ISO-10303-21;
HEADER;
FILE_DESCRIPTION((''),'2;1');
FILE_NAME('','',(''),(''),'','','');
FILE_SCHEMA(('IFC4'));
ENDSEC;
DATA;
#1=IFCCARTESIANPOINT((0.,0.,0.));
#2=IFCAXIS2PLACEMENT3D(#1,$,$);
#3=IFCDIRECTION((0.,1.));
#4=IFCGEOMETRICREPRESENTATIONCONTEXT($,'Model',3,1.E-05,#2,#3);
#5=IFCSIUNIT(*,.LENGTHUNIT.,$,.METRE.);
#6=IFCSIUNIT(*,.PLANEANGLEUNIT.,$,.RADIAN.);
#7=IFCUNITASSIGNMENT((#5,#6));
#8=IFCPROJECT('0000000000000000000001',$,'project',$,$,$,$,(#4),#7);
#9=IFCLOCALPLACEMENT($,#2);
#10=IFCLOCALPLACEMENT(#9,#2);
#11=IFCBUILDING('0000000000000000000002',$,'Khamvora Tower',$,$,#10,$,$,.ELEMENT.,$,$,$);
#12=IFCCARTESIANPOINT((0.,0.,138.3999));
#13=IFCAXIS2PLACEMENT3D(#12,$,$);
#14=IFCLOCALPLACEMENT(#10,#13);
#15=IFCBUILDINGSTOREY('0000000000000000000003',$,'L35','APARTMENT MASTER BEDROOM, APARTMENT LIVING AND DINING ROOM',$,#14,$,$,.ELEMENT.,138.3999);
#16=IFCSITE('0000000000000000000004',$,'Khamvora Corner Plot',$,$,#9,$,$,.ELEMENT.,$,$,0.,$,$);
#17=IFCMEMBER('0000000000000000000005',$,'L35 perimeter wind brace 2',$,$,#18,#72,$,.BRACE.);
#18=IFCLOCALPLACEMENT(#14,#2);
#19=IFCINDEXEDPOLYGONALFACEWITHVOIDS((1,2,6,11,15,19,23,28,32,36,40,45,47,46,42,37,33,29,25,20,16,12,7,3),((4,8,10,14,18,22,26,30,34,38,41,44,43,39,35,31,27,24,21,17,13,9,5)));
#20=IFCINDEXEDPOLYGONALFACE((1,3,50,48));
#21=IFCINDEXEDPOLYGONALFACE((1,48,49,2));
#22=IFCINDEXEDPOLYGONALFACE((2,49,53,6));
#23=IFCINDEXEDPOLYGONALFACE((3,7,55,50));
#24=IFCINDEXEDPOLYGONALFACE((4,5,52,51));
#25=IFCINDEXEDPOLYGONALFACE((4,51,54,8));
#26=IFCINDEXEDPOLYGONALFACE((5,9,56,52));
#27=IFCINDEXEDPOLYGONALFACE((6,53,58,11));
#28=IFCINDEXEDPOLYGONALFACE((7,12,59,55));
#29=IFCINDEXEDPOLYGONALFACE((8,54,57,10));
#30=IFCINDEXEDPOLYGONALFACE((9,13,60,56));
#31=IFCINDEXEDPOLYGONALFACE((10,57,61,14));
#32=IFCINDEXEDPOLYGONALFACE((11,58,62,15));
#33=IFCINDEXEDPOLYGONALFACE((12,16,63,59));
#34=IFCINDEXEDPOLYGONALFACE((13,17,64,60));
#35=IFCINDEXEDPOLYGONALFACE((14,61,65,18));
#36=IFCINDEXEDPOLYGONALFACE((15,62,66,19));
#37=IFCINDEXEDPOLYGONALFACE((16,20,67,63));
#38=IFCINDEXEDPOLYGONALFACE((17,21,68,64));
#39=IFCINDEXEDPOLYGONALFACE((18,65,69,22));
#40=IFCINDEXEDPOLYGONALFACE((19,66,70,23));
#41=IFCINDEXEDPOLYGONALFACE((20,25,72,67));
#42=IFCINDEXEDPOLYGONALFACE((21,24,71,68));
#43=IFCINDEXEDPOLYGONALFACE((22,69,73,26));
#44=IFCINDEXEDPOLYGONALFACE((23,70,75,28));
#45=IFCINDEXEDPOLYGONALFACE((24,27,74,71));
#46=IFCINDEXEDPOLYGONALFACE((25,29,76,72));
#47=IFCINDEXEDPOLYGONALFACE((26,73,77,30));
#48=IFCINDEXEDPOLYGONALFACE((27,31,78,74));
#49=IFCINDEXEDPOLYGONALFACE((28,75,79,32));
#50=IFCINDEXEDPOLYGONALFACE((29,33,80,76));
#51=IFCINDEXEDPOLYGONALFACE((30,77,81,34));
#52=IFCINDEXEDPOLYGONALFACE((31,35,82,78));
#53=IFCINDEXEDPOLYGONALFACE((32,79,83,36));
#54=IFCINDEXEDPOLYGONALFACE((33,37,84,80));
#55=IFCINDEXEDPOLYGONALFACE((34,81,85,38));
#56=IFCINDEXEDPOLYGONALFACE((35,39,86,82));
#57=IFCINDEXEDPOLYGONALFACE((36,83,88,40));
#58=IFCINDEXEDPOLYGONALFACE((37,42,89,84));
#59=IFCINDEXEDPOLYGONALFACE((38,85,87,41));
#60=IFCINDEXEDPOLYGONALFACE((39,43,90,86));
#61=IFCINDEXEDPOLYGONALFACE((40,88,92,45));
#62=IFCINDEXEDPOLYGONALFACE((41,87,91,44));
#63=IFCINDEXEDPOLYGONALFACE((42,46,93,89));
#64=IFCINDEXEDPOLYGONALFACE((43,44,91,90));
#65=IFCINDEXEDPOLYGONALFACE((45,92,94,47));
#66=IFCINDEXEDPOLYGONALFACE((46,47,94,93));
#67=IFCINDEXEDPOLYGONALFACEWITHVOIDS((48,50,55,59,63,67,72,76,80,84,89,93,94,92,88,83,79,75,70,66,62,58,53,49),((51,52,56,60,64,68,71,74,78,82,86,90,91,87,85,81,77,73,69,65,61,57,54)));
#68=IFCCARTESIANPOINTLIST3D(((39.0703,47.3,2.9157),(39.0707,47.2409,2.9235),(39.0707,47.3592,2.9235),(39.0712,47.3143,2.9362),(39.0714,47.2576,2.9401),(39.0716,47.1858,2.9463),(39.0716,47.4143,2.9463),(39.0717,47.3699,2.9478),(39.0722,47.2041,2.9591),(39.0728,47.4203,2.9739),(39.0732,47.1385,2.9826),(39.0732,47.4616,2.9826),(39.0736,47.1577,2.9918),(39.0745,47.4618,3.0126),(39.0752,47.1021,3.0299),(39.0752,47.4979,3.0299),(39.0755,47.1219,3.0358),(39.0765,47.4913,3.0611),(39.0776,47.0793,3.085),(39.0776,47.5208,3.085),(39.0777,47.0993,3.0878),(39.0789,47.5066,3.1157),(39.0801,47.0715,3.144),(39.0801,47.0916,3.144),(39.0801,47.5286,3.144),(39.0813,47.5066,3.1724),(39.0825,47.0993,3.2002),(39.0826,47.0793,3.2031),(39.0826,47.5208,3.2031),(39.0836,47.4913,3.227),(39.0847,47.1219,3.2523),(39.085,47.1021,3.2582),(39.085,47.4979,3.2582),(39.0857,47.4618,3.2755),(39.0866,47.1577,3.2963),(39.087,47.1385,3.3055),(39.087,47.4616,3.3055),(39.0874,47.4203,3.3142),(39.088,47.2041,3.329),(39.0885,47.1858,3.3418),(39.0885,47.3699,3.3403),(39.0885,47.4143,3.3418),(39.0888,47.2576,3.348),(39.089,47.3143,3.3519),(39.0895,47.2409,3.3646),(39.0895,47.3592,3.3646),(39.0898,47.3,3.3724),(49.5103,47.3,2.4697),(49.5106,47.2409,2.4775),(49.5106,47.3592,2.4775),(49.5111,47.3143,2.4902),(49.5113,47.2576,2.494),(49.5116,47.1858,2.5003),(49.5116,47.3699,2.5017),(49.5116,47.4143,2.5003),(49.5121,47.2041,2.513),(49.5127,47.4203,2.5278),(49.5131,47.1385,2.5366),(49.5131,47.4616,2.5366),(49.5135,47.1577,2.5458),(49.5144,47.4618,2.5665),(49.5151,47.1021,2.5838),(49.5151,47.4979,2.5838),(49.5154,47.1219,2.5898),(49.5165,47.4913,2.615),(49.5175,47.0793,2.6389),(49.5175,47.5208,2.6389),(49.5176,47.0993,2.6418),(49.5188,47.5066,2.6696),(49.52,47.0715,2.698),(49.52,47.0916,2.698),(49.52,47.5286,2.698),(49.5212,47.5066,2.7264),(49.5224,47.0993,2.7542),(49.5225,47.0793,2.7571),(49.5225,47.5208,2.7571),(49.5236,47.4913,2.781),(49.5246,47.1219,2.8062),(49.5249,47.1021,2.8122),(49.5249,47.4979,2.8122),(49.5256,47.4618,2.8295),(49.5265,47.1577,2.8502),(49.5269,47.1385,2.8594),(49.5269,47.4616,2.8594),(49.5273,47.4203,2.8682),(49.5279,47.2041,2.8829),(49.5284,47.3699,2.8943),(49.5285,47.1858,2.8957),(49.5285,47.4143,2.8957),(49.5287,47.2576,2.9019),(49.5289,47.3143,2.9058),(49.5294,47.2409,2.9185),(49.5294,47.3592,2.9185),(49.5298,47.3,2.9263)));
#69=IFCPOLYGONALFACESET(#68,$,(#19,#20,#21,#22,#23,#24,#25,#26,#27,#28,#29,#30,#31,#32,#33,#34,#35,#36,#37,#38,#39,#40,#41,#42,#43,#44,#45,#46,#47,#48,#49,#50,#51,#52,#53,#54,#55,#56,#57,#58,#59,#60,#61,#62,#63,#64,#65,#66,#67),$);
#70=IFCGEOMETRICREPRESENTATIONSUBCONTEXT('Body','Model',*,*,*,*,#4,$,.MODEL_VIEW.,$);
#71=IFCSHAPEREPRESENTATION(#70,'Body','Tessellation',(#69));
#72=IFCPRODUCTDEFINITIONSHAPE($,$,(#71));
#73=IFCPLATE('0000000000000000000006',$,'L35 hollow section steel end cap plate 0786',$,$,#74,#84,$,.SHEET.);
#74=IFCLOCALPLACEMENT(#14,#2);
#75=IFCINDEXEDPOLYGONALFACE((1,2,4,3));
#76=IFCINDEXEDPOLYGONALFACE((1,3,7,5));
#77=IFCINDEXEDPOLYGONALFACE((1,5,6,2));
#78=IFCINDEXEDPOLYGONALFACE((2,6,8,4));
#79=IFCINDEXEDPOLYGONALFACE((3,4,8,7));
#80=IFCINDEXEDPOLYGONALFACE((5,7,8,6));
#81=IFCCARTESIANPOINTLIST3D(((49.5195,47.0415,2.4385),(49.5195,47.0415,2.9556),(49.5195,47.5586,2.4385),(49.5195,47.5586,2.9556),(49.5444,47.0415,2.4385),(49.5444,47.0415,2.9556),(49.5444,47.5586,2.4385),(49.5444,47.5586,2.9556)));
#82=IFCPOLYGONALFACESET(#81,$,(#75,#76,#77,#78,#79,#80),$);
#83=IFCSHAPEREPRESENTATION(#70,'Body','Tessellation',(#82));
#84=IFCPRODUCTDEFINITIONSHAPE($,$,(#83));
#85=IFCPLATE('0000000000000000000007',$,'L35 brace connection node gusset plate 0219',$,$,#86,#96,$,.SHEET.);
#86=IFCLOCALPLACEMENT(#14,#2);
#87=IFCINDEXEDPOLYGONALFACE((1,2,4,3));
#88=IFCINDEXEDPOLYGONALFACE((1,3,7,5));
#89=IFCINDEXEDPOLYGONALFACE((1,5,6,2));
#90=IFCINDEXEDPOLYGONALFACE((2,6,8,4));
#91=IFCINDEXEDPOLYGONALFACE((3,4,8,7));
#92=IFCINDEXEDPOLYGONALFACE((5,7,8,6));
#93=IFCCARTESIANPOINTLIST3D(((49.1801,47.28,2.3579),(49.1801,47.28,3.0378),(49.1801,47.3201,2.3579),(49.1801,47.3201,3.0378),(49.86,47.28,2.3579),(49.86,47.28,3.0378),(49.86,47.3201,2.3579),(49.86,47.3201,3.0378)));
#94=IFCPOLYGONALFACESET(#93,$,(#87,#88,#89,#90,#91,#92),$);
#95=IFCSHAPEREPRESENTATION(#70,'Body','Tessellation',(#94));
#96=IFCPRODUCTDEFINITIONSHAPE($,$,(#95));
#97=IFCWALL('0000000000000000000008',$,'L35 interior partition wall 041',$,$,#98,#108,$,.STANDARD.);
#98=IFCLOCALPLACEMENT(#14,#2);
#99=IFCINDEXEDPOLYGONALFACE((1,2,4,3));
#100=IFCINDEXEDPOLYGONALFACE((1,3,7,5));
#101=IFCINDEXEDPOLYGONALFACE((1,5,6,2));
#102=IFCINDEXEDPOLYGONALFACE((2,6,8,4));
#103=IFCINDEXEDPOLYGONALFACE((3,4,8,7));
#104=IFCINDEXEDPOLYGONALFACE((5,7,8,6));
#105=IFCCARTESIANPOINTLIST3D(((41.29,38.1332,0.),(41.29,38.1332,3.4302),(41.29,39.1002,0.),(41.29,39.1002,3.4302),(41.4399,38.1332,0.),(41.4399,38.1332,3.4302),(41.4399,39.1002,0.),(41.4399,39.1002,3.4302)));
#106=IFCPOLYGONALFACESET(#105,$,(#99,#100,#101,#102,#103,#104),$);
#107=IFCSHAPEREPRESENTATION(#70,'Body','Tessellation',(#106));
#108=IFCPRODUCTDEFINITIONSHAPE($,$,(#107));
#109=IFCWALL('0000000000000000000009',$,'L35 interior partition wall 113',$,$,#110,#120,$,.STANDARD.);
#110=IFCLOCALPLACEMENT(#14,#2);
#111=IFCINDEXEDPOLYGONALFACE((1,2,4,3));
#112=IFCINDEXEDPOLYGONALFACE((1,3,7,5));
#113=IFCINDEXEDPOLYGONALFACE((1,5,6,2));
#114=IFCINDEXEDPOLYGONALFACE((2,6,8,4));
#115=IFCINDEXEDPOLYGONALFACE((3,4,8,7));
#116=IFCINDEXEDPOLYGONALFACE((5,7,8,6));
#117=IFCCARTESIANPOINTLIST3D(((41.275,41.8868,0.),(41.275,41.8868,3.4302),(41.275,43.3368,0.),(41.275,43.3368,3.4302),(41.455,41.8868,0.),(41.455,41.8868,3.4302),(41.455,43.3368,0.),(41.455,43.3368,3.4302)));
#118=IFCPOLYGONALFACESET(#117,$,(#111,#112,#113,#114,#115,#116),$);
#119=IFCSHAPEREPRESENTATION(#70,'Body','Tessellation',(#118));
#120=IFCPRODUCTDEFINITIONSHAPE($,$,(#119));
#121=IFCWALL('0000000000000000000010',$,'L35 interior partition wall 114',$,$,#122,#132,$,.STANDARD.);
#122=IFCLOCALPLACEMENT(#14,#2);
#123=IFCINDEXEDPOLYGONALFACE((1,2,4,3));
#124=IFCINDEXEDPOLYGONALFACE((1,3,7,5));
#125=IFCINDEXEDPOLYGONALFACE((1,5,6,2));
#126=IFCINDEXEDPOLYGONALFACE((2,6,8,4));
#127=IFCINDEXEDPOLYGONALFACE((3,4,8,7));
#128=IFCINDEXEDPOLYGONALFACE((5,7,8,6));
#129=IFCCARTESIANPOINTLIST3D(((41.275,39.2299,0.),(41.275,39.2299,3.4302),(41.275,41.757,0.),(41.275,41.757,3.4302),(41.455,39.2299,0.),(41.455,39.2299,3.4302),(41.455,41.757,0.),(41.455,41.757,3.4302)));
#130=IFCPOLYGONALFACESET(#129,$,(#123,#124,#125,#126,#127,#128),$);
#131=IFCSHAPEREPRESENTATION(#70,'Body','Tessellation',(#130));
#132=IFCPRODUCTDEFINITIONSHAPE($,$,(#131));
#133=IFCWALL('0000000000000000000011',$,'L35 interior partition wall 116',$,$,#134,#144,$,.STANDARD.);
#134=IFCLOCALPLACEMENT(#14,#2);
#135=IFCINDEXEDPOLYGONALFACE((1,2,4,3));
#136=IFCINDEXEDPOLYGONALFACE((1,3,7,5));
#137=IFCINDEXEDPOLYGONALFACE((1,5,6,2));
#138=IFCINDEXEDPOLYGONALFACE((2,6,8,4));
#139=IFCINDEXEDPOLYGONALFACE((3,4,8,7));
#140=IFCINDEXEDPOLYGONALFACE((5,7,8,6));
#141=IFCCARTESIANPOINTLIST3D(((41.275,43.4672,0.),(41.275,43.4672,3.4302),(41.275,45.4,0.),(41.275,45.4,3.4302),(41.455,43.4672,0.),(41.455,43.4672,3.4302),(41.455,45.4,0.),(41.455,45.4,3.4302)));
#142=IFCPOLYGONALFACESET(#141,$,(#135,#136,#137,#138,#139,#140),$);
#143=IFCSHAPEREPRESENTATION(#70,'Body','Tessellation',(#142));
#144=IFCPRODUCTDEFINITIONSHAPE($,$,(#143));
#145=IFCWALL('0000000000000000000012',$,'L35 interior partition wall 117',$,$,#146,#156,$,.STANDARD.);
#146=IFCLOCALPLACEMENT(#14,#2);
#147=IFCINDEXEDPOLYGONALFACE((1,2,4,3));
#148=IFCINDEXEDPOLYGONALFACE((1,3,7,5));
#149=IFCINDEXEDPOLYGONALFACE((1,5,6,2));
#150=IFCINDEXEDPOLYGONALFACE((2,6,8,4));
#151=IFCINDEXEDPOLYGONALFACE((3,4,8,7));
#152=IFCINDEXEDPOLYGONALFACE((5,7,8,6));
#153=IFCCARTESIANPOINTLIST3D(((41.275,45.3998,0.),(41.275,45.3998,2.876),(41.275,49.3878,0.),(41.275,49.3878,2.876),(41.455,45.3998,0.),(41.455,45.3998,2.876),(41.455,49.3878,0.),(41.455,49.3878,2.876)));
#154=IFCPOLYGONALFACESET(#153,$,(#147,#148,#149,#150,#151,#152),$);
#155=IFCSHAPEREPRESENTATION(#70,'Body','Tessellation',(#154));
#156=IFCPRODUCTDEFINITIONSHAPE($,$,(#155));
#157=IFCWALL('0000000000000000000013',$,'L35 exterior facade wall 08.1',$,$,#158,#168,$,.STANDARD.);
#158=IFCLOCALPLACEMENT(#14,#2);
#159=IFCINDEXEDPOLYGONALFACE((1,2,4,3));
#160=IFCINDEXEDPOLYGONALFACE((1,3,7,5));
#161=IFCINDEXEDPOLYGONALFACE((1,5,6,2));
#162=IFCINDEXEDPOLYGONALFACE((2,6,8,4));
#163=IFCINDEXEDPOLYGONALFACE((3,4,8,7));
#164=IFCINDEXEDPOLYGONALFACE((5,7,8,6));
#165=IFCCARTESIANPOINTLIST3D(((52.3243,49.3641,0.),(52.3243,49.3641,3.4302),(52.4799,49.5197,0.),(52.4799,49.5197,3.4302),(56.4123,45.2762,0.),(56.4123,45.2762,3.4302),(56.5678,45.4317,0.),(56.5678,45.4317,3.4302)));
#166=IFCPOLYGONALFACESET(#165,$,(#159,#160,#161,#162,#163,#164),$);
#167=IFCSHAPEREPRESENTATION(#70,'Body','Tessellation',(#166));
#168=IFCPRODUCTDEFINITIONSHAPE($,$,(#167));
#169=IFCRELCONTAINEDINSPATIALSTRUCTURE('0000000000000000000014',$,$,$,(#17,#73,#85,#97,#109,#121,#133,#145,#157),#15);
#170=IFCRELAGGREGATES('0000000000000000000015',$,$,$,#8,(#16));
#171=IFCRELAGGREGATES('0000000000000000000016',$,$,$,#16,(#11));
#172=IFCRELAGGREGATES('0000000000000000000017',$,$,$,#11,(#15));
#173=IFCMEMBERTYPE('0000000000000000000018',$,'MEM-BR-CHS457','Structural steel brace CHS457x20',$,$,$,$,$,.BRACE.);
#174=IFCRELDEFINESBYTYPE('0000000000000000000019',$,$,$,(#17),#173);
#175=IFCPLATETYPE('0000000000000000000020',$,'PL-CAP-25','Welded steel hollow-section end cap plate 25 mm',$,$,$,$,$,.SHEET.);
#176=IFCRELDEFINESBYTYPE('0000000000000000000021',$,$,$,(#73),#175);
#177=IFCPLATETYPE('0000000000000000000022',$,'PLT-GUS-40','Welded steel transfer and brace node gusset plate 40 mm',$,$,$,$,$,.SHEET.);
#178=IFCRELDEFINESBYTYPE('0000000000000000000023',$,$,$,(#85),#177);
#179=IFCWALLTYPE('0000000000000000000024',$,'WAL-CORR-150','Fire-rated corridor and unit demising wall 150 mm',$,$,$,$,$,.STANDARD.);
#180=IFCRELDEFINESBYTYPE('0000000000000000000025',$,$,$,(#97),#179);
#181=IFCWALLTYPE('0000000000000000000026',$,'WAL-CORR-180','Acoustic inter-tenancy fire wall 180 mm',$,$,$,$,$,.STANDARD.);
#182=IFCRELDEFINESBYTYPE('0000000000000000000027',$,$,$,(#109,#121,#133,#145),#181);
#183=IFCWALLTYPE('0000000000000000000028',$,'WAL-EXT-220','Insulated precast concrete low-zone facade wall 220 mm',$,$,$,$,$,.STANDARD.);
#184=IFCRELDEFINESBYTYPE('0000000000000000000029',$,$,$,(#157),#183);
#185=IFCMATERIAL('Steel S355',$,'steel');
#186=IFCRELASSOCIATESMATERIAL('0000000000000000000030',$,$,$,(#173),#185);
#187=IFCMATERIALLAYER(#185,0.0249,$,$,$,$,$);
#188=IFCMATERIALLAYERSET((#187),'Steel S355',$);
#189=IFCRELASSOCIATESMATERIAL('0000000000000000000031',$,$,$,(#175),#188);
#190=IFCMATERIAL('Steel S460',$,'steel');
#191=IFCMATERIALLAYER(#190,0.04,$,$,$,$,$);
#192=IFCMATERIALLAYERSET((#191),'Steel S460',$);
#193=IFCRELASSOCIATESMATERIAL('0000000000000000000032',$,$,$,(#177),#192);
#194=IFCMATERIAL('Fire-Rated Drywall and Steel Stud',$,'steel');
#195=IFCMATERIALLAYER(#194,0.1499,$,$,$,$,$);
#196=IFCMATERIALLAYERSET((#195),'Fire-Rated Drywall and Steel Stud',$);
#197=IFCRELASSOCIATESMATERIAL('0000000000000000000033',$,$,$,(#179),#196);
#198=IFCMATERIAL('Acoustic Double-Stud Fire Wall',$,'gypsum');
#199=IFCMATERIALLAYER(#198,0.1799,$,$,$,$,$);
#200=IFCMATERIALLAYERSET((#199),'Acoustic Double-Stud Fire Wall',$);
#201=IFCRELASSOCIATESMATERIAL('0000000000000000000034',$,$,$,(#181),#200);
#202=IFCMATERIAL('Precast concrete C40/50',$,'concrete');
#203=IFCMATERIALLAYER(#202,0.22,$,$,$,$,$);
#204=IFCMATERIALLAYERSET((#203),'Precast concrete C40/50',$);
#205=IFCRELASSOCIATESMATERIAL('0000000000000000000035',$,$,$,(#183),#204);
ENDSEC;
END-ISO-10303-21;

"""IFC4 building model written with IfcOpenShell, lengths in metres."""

from ifc_helpers import new_model, si_unit, direction, frame, frame_2d, origin, origin_2d, place, context, subcontext, project, spatial, rectangle, hollow_circle, extrude, material, layer, layer_set, material_profile, profile_set, type_object, element, save


model = new_model("IFC4")

# Units and contexts
model_context = context("Model", 3, precision=1e-05, world=origin(), true_north=direction((0.0, 1.0)))
body_context = subcontext(model_context, "Body", "Model", "MODEL_VIEW")
ifc_project = project(units=[si_unit("LENGTHUNIT", "METRE"), si_unit("PLANEANGLEUNIT", "RADIAN")], contexts=[model_context])

# Site, building, storey
site_placement = place(None, origin())
site = spatial("IfcSite", under=ifc_project, at=site_placement, Name="Khamvora Corner Plot", CompositionType="ELEMENT", RefElevation=0.0)
building_placement = place(site_placement, origin())
building = spatial("IfcBuilding", under=site, at=building_placement, Name="Khamvora Tower", CompositionType="ELEMENT")
storey_placement = place(building_placement, frame((0.0, 0.0, 138.3999)))
storey = spatial("IfcBuildingStorey", under=building, at=storey_placement, Name="L35", Description="APARTMENT MASTER BEDROOM, APARTMENT LIVING AND DINING ROOM", CompositionType="ELEMENT", Elevation=138.3999)

# Shared definitions
ifc_material_1 = material(Name="Steel S355", Category="steel")

# Member
ifc_material_profile_1 = material_profile(ifc_material_1, hollow_circle(Radius=0.2285, WallThickness=0.02, at=origin_2d()), Name="CHS457x20")
ifc_profile_set_1 = profile_set([ifc_material_profile_1], Name="Steel S355")
member_type = type_object("IfcMemberType", Name="MEM-BR-CHS457", Description="Structural steel brace CHS457x20", PredefinedType="BRACE", material=ifc_profile_set_1)
member_placement = place(storey_placement, frame((49.52, 47.3, 2.698), z_axis=(-0.999089, 0.0, 0.042686), x_axis=(0.0, -1.0, 0.0)))
element("IfcMember", 1, at=member_placement, inside=storey, type_object=member_type, Name="L35 perimeter wind brace 2", PredefinedType="BRACE", context=body_context, shape_type="SweptSolid", body=[
    extrude(hollow_circle(Radius=0.2285, WallThickness=0.02, at=origin_2d()), origin(), (0.0, 0.0, 1.0), 10.4495),
])

# Plates
ifc_layer_1 = layer(ifc_material_1, 0.0249)
ifc_layer_set_1 = layer_set([ifc_layer_1], Name="Steel S355")
plate_type_1 = type_object("IfcPlateType", Name="PL-CAP-25", Description="Welded steel hollow-section end cap plate 25 mm", PredefinedType="SHEET", material=ifc_layer_set_1)
plate_1_placement = place(storey_placement, frame((49.532, 47.3, 2.4385), z_axis=(0.0, 0.0, 1.0), x_axis=(-1.0, 0.0, 0.0)))
element("IfcPlate", 2, at=plate_1_placement, inside=storey, type_object=plate_type_1, Name="L35 hollow section steel end cap plate 0786", PredefinedType="SHEET", context=body_context, shape_type="SweptSolid", body=[
    extrude(rectangle(XDim=0.0249, YDim=0.5171, at=origin_2d()), origin(), (0.0, 0.0, 1.0), 0.5171),
])
ifc_material_2 = material(Name="Steel S460", Category="steel")
ifc_layer_2 = layer(ifc_material_2, 0.04)
ifc_layer_set_2 = layer_set([ifc_layer_2], Name="Steel S460")
plate_type_2 = type_object("IfcPlateType", Name="PLT-GUS-40", Description="Welded steel transfer and brace node gusset plate 40 mm", PredefinedType="SHEET", material=ifc_layer_set_2)
plate_2_placement = place(storey_placement, frame((49.52, 47.3, 2.3579), z_axis=(0.0, 0.0, 1.0), x_axis=(1.0, 0.0, 0.0)))
element("IfcPlate", 3, at=plate_2_placement, inside=storey, type_object=plate_type_2, Name="L35 brace connection node gusset plate 0219", PredefinedType="SHEET", context=body_context, shape_type="SweptSolid", body=[
    extrude(rectangle(XDim=0.6799, YDim=0.04, at=origin_2d()), origin(), (0.0, 0.0, 1.0), 0.6799),
])

# Walls
ifc_material_3 = material(Name="Fire-Rated Drywall and Steel Stud", Category="steel")
ifc_layer_3 = layer(ifc_material_3, 0.1499)
ifc_layer_set_3 = layer_set([ifc_layer_3], Name="Fire-Rated Drywall and Steel Stud")
wall_type_1 = type_object("IfcWallType", Name="WAL-CORR-150", Description="Fire-rated corridor and unit demising wall 150 mm", PredefinedType="STANDARD", material=ifc_layer_set_3)
wall_1_placement = place(storey_placement, frame((41.365, 39.1001, 0.0), z_axis=(0.0, 0.0, 1.0), x_axis=(0.0, -1.0, 0.0)))
element("IfcWall", 4, at=wall_1_placement, inside=storey, type_object=wall_type_1, Name="L35 interior partition wall 041", PredefinedType="STANDARD", context=body_context, shape_type="SweptSolid", body=[
    extrude(rectangle(XDim=0.967, YDim=0.1499, at=frame_2d((0.4834, 0.0))), origin(), (0.0, 0.0, 1.0), 3.4302),
])
ifc_material_4 = material(Name="Acoustic Double-Stud Fire Wall", Category="gypsum")
ifc_layer_4 = layer(ifc_material_4, 0.1799)
ifc_layer_set_4 = layer_set([ifc_layer_4], Name="Acoustic Double-Stud Fire Wall")
wall_type_2 = type_object("IfcWallType", Name="WAL-CORR-180", Description="Acoustic inter-tenancy fire wall 180 mm", PredefinedType="STANDARD", material=ifc_layer_set_4)
wall_2_placement = place(storey_placement, frame((41.365, 43.3369, 0.0), z_axis=(0.0, 0.0, 1.0), x_axis=(0.0, -1.0, 0.0)))
element("IfcWall", 5, at=wall_2_placement, inside=storey, type_object=wall_type_2, Name="L35 interior partition wall 113", PredefinedType="STANDARD", context=body_context, shape_type="SweptSolid", body=[
    extrude(rectangle(XDim=1.45, YDim=0.1799, at=frame_2d((0.7251, 0.0))), origin(), (0.0, 0.0, 1.0), 3.4302),
])
wall_3_placement = place(storey_placement, frame((41.365, 41.7571, 0.0), z_axis=(0.0, 0.0, 1.0), x_axis=(0.0, -1.0, 0.0)))
element("IfcWall", 6, at=wall_3_placement, inside=storey, type_object=wall_type_2, Name="L35 interior partition wall 114", PredefinedType="STANDARD", context=body_context, shape_type="SweptSolid", body=[
    extrude(rectangle(XDim=2.5271, YDim=0.1799, at=frame_2d((1.2637, 0.0))), origin(), (0.0, 0.0, 1.0), 3.4302),
])
wall_4_placement = place(storey_placement, frame((41.365, 45.3999, 0.0), z_axis=(0.0, 0.0, 1.0), x_axis=(0.0, -1.0, 0.0)))
element("IfcWall", 7, at=wall_4_placement, inside=storey, type_object=wall_type_2, Name="L35 interior partition wall 116", PredefinedType="STANDARD", context=body_context, shape_type="SweptSolid", body=[
    extrude(rectangle(XDim=1.9329, YDim=0.1799, at=frame_2d((0.9663, 0.0))), origin(), (0.0, 0.0, 1.0), 3.4302),
])
wall_5_placement = place(storey_placement, frame((41.365, 49.3879, 0.0), z_axis=(0.0, 0.0, 1.0), x_axis=(0.0, -1.0, 0.0)))
element("IfcWall", 8, at=wall_5_placement, inside=storey, type_object=wall_type_2, Name="L35 interior partition wall 117", PredefinedType="STANDARD", context=body_context, shape_type="SweptSolid", body=[
    extrude(rectangle(XDim=3.988, YDim=0.1799, at=frame_2d((1.9941, 0.0))), origin(), (0.0, 0.0, 1.0), 2.876),
])
ifc_material_5 = material(Name="Precast concrete C40/50", Category="concrete")
ifc_layer_5 = layer(ifc_material_5, 0.22)
ifc_layer_set_5 = layer_set([ifc_layer_5], Name="Precast concrete C40/50")
wall_type_3 = type_object("IfcWallType", Name="WAL-EXT-220", Description="Insulated precast concrete low-zone facade wall 220 mm", PredefinedType="STANDARD", material=ifc_layer_set_5)
wall_6_placement = place(storey_placement, frame((52.4021, 49.4419, 0.0), z_axis=(0.0, 0.0, 1.0), x_axis=(0.707107, -0.707107, 0.0)))
element("IfcWall", 9, at=wall_6_placement, inside=storey, type_object=wall_type_3, Name="L35 exterior facade wall 08.1", PredefinedType="STANDARD", context=body_context, shape_type="SweptSolid", body=[
    extrude(rectangle(XDim=5.7812, YDim=0.22, at=frame_2d((2.8906, 0.0))), origin(), (0.0, 0.0, 1.0), 3.4302),
])

save(model, "model.ifc")
